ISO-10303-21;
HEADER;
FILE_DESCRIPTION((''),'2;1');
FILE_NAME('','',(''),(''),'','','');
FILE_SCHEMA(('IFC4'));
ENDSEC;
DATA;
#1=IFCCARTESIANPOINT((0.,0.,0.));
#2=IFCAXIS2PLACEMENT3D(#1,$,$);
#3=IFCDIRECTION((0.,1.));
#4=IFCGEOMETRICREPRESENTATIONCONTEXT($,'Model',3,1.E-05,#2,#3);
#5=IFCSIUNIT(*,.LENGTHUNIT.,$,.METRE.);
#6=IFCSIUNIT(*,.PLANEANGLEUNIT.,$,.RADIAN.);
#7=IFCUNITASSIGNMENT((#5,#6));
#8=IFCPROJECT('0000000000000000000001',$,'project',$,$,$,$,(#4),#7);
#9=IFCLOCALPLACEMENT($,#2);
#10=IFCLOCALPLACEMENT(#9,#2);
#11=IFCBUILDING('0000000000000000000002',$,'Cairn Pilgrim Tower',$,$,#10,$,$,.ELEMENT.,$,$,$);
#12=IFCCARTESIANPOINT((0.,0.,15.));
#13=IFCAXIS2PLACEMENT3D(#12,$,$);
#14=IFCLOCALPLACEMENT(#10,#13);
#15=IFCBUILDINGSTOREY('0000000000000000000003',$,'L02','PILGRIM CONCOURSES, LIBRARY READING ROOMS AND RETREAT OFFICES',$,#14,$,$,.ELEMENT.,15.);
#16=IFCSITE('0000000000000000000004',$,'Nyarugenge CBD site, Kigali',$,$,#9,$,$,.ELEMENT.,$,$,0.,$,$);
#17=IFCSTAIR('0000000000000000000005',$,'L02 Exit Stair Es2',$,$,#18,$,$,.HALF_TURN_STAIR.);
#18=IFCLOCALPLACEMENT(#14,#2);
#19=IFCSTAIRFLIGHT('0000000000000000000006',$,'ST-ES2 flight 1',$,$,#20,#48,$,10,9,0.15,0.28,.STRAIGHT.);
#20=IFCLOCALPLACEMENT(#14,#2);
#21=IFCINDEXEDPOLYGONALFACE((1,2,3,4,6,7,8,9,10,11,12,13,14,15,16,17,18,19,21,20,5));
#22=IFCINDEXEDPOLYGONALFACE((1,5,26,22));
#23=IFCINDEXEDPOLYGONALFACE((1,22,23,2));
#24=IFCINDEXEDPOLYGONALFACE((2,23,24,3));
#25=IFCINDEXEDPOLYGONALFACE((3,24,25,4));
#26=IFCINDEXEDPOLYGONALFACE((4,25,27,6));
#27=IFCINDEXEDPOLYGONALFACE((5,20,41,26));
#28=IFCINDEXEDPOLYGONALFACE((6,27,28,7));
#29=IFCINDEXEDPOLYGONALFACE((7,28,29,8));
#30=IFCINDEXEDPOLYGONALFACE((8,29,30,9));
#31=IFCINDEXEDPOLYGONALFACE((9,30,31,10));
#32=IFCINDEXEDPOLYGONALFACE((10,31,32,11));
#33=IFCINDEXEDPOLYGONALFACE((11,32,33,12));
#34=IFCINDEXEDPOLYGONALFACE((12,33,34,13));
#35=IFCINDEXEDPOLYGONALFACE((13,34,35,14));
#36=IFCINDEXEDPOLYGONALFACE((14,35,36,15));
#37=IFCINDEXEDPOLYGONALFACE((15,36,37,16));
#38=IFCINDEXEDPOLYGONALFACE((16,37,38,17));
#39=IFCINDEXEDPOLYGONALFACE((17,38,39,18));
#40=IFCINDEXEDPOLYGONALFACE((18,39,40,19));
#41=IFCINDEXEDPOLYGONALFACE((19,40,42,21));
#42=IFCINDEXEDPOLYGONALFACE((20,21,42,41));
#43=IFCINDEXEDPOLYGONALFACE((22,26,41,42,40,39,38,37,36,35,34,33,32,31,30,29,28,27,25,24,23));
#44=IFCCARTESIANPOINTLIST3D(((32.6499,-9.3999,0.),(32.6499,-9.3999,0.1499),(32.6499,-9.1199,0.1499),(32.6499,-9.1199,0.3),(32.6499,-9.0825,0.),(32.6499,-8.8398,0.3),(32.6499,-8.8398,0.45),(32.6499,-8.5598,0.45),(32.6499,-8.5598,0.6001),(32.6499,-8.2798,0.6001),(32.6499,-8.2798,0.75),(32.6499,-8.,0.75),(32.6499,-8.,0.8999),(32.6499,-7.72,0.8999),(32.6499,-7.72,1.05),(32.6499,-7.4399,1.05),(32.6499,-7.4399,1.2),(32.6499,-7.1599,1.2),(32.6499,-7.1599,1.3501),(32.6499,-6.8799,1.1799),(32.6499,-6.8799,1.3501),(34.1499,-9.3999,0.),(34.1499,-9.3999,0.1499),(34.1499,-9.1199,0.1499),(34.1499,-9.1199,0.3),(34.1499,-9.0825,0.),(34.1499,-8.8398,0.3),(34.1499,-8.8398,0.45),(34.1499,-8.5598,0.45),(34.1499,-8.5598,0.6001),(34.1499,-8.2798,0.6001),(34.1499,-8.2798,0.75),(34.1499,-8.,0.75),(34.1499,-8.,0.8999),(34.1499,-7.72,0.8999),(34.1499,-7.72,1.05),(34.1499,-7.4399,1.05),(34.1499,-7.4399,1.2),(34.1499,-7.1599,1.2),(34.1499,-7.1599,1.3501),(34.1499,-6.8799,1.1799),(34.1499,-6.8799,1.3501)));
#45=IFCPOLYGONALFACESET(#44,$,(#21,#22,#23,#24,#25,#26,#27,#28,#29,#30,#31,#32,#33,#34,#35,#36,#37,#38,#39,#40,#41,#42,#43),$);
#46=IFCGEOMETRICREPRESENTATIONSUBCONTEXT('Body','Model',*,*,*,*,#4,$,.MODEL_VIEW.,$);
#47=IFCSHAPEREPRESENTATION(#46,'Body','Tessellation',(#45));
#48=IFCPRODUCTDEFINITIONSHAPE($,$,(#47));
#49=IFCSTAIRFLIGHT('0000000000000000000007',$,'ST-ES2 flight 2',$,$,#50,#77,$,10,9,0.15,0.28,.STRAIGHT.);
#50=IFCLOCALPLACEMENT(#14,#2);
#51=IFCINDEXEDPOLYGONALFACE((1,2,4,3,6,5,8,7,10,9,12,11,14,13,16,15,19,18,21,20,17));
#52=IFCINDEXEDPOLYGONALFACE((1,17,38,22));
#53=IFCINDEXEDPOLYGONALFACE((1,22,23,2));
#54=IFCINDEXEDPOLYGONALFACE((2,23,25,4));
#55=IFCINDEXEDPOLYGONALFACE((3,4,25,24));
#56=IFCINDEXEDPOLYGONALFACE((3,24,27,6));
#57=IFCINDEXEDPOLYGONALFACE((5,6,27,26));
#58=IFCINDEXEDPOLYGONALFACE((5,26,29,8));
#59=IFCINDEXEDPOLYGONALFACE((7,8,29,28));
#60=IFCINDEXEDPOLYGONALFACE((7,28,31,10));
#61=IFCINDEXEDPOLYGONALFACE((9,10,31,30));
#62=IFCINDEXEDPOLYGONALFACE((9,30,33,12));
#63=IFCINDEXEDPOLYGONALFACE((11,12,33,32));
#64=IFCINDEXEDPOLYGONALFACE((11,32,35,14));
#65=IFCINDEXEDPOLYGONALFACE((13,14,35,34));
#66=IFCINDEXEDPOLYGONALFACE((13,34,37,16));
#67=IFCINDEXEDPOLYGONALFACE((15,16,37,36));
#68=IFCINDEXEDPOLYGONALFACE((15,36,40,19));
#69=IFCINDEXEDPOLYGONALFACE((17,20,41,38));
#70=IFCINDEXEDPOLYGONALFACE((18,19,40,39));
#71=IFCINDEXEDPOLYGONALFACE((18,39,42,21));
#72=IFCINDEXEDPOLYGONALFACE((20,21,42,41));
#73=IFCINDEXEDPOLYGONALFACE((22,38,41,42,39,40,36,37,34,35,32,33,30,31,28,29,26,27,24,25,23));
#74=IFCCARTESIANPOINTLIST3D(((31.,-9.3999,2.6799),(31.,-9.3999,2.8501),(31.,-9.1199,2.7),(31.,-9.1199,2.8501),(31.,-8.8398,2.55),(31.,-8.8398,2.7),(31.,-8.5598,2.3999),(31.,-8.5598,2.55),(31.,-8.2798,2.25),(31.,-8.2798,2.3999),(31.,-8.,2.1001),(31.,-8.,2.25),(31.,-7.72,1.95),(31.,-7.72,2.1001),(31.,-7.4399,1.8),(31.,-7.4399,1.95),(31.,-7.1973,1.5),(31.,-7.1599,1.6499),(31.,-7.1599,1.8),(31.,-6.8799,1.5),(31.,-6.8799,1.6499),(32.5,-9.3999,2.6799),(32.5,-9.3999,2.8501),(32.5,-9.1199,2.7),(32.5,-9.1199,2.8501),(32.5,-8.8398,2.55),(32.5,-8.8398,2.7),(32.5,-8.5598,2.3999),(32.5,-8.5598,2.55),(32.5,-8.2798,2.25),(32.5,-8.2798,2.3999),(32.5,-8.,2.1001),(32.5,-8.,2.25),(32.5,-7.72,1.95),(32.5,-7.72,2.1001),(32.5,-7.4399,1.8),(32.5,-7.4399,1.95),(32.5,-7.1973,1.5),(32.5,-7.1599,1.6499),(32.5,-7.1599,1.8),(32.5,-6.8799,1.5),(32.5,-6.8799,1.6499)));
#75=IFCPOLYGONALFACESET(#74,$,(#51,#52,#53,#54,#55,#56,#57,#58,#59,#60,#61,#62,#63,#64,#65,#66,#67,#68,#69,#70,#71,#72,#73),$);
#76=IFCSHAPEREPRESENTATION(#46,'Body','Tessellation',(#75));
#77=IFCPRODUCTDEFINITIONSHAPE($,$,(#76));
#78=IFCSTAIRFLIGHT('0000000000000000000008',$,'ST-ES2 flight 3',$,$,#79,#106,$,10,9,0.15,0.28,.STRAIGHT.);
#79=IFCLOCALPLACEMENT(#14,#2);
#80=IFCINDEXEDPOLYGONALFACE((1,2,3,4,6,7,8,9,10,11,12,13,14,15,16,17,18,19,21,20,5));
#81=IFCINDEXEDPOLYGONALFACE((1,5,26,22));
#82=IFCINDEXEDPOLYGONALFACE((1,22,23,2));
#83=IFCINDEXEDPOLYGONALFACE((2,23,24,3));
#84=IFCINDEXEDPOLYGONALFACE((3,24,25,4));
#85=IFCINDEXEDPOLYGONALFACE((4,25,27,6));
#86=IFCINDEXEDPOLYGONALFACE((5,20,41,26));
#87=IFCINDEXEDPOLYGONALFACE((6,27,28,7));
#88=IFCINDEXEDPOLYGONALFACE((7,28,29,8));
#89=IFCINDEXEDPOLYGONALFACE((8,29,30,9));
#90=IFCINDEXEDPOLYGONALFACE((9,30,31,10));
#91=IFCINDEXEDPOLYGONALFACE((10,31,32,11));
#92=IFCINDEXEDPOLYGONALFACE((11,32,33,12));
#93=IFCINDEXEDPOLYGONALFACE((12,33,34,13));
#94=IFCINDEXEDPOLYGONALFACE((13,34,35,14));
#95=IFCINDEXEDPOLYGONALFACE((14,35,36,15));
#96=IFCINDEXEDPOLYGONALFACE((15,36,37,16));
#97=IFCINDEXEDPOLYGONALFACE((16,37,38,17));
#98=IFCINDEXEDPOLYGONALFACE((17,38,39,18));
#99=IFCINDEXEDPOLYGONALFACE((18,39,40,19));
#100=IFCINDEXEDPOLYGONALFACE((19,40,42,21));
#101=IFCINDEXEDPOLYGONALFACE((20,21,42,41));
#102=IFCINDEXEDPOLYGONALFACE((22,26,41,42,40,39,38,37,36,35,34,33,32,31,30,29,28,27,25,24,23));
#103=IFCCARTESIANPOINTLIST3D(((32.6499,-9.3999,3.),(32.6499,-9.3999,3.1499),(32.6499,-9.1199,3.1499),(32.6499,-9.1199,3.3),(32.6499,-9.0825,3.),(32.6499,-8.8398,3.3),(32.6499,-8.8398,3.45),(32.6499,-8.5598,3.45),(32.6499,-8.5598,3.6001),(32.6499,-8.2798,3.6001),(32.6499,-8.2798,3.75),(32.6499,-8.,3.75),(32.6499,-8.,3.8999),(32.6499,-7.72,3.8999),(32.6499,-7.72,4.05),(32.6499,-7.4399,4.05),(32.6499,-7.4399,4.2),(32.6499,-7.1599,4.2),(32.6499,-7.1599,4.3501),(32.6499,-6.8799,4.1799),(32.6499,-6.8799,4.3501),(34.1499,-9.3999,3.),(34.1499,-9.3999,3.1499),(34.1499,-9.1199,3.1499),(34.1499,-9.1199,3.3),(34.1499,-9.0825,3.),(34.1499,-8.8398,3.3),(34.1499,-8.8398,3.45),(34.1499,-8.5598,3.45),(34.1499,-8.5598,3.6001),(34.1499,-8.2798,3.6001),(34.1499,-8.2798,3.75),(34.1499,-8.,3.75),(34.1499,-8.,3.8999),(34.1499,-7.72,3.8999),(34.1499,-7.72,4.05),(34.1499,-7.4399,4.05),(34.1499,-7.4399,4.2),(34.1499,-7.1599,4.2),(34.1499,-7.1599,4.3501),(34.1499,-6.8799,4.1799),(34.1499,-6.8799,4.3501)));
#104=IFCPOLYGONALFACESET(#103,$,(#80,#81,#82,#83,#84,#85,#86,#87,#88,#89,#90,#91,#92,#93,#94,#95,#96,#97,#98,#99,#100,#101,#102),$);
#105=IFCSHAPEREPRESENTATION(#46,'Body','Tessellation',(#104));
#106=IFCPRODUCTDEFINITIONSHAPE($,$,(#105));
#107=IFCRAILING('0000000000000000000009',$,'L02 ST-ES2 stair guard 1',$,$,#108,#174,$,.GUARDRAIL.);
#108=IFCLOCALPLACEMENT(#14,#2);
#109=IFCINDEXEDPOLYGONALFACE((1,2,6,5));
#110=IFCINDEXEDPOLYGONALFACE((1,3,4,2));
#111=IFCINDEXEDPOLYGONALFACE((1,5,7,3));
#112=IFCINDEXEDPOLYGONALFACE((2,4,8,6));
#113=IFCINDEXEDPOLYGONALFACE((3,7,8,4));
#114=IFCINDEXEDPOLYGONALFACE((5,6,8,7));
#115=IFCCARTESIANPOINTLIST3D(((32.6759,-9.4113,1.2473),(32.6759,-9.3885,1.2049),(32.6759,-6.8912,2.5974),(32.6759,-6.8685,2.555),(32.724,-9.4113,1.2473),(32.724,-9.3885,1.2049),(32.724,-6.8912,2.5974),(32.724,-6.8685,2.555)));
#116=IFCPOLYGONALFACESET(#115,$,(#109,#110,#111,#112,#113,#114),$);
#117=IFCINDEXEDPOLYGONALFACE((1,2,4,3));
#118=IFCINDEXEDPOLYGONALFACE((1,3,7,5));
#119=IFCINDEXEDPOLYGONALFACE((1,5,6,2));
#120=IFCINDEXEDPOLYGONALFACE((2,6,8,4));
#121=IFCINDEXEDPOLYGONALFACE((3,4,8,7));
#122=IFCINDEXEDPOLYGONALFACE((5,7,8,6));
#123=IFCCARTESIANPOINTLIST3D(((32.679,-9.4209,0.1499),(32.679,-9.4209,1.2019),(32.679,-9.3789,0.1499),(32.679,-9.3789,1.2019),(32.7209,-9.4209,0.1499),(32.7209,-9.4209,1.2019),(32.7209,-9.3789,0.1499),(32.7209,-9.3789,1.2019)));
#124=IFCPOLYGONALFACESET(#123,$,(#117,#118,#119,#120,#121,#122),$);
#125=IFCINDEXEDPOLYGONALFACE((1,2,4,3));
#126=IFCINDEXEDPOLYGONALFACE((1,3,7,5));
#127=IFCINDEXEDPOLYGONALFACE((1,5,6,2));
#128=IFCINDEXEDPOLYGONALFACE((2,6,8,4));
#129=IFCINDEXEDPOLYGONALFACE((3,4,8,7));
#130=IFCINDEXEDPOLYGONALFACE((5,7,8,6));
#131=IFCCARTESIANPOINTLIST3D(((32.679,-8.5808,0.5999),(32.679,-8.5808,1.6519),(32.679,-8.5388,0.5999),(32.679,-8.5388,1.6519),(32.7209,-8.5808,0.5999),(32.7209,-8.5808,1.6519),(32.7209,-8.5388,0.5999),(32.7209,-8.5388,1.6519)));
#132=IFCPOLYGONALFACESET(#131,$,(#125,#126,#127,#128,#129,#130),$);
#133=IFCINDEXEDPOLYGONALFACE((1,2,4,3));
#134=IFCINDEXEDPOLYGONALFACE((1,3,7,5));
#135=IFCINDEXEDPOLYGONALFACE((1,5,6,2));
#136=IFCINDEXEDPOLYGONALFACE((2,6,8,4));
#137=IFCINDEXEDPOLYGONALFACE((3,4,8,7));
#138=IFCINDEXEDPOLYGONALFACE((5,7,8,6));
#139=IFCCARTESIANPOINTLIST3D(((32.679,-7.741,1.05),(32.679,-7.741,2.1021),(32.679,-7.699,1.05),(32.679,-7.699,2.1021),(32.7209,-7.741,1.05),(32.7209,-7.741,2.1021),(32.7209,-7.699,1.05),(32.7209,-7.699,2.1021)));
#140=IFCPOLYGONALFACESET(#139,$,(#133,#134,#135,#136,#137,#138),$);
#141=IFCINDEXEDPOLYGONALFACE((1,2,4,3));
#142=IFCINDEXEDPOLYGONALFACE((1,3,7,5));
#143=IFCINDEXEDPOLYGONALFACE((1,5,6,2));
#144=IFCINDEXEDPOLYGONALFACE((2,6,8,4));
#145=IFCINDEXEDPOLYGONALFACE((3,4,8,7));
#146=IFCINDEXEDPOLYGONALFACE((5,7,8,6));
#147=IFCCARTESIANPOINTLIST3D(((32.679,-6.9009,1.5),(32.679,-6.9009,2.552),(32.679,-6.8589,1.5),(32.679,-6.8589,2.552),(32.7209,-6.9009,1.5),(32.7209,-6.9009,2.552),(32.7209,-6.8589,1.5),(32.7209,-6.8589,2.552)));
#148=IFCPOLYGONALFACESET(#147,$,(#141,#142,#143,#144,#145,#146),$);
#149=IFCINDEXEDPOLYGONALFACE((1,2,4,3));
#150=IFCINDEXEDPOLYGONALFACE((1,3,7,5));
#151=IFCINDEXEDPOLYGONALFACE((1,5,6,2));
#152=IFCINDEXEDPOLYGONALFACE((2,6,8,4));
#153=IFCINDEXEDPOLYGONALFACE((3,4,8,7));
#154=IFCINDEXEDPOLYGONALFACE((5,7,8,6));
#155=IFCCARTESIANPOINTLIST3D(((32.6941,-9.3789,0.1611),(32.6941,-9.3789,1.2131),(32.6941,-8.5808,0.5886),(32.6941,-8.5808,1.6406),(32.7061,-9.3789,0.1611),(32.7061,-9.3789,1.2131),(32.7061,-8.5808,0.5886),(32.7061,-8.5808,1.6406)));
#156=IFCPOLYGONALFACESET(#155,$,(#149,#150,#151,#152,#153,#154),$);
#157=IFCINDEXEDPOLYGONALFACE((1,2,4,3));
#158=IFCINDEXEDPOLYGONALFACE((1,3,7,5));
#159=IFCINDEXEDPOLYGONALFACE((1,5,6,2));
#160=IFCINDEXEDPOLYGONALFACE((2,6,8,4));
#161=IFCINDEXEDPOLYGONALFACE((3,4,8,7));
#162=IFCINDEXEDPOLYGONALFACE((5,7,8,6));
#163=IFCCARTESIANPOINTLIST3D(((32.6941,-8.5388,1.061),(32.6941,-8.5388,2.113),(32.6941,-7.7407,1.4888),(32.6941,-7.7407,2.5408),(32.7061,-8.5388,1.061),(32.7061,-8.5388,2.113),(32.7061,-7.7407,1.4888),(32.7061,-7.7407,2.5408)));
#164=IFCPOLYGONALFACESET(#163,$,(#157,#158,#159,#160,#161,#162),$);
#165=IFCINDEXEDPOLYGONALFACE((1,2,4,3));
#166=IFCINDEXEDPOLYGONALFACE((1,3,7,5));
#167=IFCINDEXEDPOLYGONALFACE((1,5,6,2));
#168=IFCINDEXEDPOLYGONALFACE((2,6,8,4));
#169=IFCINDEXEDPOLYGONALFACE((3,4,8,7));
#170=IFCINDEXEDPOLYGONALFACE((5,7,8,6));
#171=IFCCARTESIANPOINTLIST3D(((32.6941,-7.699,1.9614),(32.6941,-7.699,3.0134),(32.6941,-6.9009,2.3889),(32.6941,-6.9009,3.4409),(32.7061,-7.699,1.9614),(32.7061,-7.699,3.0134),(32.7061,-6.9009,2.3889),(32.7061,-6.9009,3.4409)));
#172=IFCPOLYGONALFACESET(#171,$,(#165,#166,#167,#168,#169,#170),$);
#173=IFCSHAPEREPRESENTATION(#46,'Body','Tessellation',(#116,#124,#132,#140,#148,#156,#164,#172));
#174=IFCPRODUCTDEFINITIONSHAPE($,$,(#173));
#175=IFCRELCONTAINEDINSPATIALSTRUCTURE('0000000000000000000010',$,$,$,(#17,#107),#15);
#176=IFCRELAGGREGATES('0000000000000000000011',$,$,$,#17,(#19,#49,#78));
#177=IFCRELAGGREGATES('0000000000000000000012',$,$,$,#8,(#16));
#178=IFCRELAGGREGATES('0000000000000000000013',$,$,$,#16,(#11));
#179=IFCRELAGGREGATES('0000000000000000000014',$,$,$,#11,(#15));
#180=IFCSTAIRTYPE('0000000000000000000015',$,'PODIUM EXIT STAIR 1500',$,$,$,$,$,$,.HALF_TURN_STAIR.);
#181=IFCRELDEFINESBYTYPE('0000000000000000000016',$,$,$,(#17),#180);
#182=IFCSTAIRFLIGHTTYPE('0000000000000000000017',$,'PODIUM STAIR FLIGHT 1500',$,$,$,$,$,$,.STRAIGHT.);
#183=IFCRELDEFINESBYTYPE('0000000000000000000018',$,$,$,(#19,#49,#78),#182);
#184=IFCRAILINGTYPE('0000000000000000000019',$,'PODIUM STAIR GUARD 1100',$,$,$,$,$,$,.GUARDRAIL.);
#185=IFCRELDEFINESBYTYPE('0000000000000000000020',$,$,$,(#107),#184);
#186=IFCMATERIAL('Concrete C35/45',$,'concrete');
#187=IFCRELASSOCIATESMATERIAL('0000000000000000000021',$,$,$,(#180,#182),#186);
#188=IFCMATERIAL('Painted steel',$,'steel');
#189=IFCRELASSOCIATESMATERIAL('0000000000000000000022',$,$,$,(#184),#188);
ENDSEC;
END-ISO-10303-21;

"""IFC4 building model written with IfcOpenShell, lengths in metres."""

from ifc_helpers import new_model, si_unit, direction, frame, origin, origin_2d, place, context, subcontext, project, spatial, polyline, rectangle, outline, extrude, material, type_object, element, aggregate, save


model = new_model("IFC4")

# Units and contexts
model_context = context("Model", 3, precision=1e-05, world=origin(), true_north=direction((0.0, 1.0)))
body_context = subcontext(model_context, "Body", "Model", "MODEL_VIEW")
ifc_project = project(units=[si_unit("LENGTHUNIT", "METRE"), si_unit("PLANEANGLEUNIT", "RADIAN")], contexts=[model_context])

# Site, building, storey
site_placement = place(None, origin())
site = spatial("IfcSite", under=ifc_project, at=site_placement, Name="Nyarugenge CBD site, Kigali", CompositionType="ELEMENT", RefElevation=0.0)
building_placement = place(site_placement, origin())
building = spatial("IfcBuilding", under=site, at=building_placement, Name="Cairn Pilgrim Tower", CompositionType="ELEMENT")
storey_placement = place(building_placement, frame((0.0, 0.0, 15.0)))
storey = spatial("IfcBuildingStorey", under=building, at=storey_placement, Name="L02", Description="PILGRIM CONCOURSES, LIBRARY READING ROOMS AND RETREAT OFFICES", CompositionType="ELEMENT", Elevation=15.0)

# Shared definitions
ifc_material_1 = material(Name="Concrete C35/45", Category="concrete")

# Stair, stair flights
stair_type = type_object("IfcStairType", Name="PODIUM EXIT STAIR 1500", PredefinedType="HALF_TURN_STAIR", material=ifc_material_1)
stair_placement = place(storey_placement, origin())
stair = element("IfcStair", 1, at=stair_placement, inside=storey, type_object=stair_type, Name="L02 Exit Stair Es2", PredefinedType="HALF_TURN_STAIR")
stair_flight_type = type_object("IfcStairFlightType", Name="PODIUM STAIR FLIGHT 1500", PredefinedType="STRAIGHT", material=ifc_material_1)
stair_flight_1_placement = place(storey_placement, frame((33.3999, -9.3999, 0.0), z_axis=(0.0, 0.0, 1.0), x_axis=(0.0, 1.0, 0.0)))
stair_flight_1 = element("IfcStairFlight", 2, at=stair_flight_1_placement, type_object=stair_flight_type, Name="ST-ES2 flight 1", NumberOfRisers=10, NumberOfTreads=9, PredefinedType="STRAIGHT", RiserHeight=0.15, TreadLength=0.28, context=body_context, shape_type="SweptSolid", body=[
    extrude(outline(polyline([(0.0, 0.0), (0.0, 0.1499), (0.28, 0.1499), (0.28, 0.3), (0.5601, 0.3), (0.5601, 0.45), (0.8401, 0.45), (0.8401, 0.6001), (1.1201, 0.6001), (1.1201, 0.75), (1.3999, 0.75), (1.3999, 0.8999), (1.6799, 0.8999), (1.6799, 1.05), (1.96, 1.05), (1.96, 1.2), (2.24, 1.2), (2.24, 1.3501), (2.52, 1.3501), (2.52, 1.5), (2.52, 1.1799), (0.3174, 0.0), (0.0, 0.0)])), frame((0.0, 0.75, 0.0), z_axis=(0.0, -1.0, 0.0), x_axis=(1.0, 0.0, 0.0)), (0.0, 0.0, 1.0), 1.5),
])
stair_flight_2_placement = place(storey_placement, frame((31.75, -6.8799, 1.5), z_axis=(0.0, 0.0, 1.0), x_axis=(0.0, -1.0, 0.0)))
stair_flight_2 = element("IfcStairFlight", 3, at=stair_flight_2_placement, type_object=stair_flight_type, Name="ST-ES2 flight 2", NumberOfRisers=10, NumberOfTreads=9, PredefinedType="STRAIGHT", RiserHeight=0.15, TreadLength=0.28, context=body_context, shape_type="SweptSolid", body=[
    extrude(outline(polyline([(0.0, 0.0), (0.0, 0.1499), (0.28, 0.1499), (0.28, 0.3), (0.5601, 0.3), (0.5601, 0.45), (0.8401, 0.45), (0.8401, 0.6001), (1.1201, 0.6001), (1.1201, 0.75), (1.3999, 0.75), (1.3999, 0.8999), (1.6799, 0.8999), (1.6799, 1.05), (1.96, 1.05), (1.96, 1.2), (2.24, 1.2), (2.24, 1.3501), (2.52, 1.3501), (2.52, 1.5), (2.52, 1.1799), (0.3174, 0.0), (0.0, 0.0)])), frame((0.0, 0.75, 0.0), z_axis=(0.0, -1.0, 0.0), x_axis=(1.0, 0.0, 0.0)), (0.0, 0.0, 1.0), 1.5),
])
stair_flight_3_placement = place(storey_placement, frame((33.3999, -9.3999, 3.0), z_axis=(0.0, 0.0, 1.0), x_axis=(0.0, 1.0, 0.0)))
stair_flight_3 = element("IfcStairFlight", 4, at=stair_flight_3_placement, type_object=stair_flight_type, Name="ST-ES2 flight 3", NumberOfRisers=10, NumberOfTreads=9, PredefinedType="STRAIGHT", RiserHeight=0.15, TreadLength=0.28, context=body_context, shape_type="SweptSolid", body=[
    extrude(outline(polyline([(0.0, 0.0), (0.0, 0.1499), (0.28, 0.1499), (0.28, 0.3), (0.5601, 0.3), (0.5601, 0.45), (0.8401, 0.45), (0.8401, 0.6001), (1.1201, 0.6001), (1.1201, 0.75), (1.3999, 0.75), (1.3999, 0.8999), (1.6799, 0.8999), (1.6799, 1.05), (1.96, 1.05), (1.96, 1.2), (2.24, 1.2), (2.24, 1.3501), (2.52, 1.3501), (2.52, 1.5), (2.52, 1.1799), (0.3174, 0.0), (0.0, 0.0)])), frame((0.0, 0.75, 0.0), z_axis=(0.0, -1.0, 0.0), x_axis=(1.0, 0.0, 0.0)), (0.0, 0.0, 1.0), 1.5),
])
aggregate(stair, [stair_flight_1, stair_flight_2, stair_flight_3])

# Railing
ifc_material_2 = material(Name="Painted steel", Category="steel")
railing_type_1 = type_object("IfcRailingType", Name="PODIUM STAIR GUARD 1100", PredefinedType="GUARDRAIL", material=ifc_material_2)
railing_1_placement = place(storey_placement, frame((32.7, -9.3999, 0.1499)))
element("IfcRailing", 5, at=railing_1_placement, inside=storey, type_object=railing_type_1, Name="L02 ST-ES2 stair guard 1", PredefinedType="GUARDRAIL", context=body_context, shape_type="SweptSolid", body=[
    extrude(rectangle(XDim=0.0481, YDim=0.0481, at=origin_2d()), frame((0.0, 0.0, 1.0762), z_axis=(0.0, 0.881467, 0.472245), x_axis=(-1.0, 0.0, 0.0)), (0.0, 0.0, 1.0), 2.8589),
    extrude(rectangle(XDim=0.042, YDim=0.042, at=origin_2d()), origin(), (0.0, 0.0, 1.0), 1.052),
    extrude(rectangle(XDim=0.042, YDim=0.042, at=origin_2d()), frame((0.0, 0.8401, 0.45)), (0.0, 0.0, 1.0), 1.052),
    extrude(rectangle(XDim=0.042, YDim=0.042, at=origin_2d()), frame((0.0, 1.6799, 0.9001)), (0.0, 0.0, 1.0), 1.052),
    extrude(rectangle(XDim=0.042, YDim=0.042, at=origin_2d()), frame((0.0, 2.52, 1.3501)), (0.0, 0.0, 1.0), 1.052),
    extrude(outline(polyline([(0.021, 0.0112), (0.8191, 0.4387), (0.8191, 1.4907), (0.021, 1.0632), (0.021, 0.0112)])), frame((-0.0059, 0.0, 0.0), z_axis=(1.0, 0.0, 0.0), x_axis=(0.0, 1.0, 0.0)), (0.0, 0.0, 1.0), 0.012),
    extrude(outline(polyline([(0.021, 0.4612), (0.8191, 0.8889), (0.8191, 1.9409), (0.021, 1.5132), (0.021, 0.4612)])), frame((-0.0059, 0.8401, 0.45), z_axis=(1.0, 0.0, 0.0), x_axis=(0.0, 1.0, 0.0)), (0.0, 0.0, 1.0), 0.012),
    extrude(outline(polyline([(0.021, 0.9114), (0.8191, 1.3389), (0.8191, 2.3909), (0.021, 1.9634), (0.021, 0.9114)])), frame((-0.0059, 1.6799, 0.9001), z_axis=(1.0, 0.0, 0.0), x_axis=(0.0, 1.0, 0.0)), (0.0, 0.0, 1.0), 0.012),
])

save(model, "model.ifc")
